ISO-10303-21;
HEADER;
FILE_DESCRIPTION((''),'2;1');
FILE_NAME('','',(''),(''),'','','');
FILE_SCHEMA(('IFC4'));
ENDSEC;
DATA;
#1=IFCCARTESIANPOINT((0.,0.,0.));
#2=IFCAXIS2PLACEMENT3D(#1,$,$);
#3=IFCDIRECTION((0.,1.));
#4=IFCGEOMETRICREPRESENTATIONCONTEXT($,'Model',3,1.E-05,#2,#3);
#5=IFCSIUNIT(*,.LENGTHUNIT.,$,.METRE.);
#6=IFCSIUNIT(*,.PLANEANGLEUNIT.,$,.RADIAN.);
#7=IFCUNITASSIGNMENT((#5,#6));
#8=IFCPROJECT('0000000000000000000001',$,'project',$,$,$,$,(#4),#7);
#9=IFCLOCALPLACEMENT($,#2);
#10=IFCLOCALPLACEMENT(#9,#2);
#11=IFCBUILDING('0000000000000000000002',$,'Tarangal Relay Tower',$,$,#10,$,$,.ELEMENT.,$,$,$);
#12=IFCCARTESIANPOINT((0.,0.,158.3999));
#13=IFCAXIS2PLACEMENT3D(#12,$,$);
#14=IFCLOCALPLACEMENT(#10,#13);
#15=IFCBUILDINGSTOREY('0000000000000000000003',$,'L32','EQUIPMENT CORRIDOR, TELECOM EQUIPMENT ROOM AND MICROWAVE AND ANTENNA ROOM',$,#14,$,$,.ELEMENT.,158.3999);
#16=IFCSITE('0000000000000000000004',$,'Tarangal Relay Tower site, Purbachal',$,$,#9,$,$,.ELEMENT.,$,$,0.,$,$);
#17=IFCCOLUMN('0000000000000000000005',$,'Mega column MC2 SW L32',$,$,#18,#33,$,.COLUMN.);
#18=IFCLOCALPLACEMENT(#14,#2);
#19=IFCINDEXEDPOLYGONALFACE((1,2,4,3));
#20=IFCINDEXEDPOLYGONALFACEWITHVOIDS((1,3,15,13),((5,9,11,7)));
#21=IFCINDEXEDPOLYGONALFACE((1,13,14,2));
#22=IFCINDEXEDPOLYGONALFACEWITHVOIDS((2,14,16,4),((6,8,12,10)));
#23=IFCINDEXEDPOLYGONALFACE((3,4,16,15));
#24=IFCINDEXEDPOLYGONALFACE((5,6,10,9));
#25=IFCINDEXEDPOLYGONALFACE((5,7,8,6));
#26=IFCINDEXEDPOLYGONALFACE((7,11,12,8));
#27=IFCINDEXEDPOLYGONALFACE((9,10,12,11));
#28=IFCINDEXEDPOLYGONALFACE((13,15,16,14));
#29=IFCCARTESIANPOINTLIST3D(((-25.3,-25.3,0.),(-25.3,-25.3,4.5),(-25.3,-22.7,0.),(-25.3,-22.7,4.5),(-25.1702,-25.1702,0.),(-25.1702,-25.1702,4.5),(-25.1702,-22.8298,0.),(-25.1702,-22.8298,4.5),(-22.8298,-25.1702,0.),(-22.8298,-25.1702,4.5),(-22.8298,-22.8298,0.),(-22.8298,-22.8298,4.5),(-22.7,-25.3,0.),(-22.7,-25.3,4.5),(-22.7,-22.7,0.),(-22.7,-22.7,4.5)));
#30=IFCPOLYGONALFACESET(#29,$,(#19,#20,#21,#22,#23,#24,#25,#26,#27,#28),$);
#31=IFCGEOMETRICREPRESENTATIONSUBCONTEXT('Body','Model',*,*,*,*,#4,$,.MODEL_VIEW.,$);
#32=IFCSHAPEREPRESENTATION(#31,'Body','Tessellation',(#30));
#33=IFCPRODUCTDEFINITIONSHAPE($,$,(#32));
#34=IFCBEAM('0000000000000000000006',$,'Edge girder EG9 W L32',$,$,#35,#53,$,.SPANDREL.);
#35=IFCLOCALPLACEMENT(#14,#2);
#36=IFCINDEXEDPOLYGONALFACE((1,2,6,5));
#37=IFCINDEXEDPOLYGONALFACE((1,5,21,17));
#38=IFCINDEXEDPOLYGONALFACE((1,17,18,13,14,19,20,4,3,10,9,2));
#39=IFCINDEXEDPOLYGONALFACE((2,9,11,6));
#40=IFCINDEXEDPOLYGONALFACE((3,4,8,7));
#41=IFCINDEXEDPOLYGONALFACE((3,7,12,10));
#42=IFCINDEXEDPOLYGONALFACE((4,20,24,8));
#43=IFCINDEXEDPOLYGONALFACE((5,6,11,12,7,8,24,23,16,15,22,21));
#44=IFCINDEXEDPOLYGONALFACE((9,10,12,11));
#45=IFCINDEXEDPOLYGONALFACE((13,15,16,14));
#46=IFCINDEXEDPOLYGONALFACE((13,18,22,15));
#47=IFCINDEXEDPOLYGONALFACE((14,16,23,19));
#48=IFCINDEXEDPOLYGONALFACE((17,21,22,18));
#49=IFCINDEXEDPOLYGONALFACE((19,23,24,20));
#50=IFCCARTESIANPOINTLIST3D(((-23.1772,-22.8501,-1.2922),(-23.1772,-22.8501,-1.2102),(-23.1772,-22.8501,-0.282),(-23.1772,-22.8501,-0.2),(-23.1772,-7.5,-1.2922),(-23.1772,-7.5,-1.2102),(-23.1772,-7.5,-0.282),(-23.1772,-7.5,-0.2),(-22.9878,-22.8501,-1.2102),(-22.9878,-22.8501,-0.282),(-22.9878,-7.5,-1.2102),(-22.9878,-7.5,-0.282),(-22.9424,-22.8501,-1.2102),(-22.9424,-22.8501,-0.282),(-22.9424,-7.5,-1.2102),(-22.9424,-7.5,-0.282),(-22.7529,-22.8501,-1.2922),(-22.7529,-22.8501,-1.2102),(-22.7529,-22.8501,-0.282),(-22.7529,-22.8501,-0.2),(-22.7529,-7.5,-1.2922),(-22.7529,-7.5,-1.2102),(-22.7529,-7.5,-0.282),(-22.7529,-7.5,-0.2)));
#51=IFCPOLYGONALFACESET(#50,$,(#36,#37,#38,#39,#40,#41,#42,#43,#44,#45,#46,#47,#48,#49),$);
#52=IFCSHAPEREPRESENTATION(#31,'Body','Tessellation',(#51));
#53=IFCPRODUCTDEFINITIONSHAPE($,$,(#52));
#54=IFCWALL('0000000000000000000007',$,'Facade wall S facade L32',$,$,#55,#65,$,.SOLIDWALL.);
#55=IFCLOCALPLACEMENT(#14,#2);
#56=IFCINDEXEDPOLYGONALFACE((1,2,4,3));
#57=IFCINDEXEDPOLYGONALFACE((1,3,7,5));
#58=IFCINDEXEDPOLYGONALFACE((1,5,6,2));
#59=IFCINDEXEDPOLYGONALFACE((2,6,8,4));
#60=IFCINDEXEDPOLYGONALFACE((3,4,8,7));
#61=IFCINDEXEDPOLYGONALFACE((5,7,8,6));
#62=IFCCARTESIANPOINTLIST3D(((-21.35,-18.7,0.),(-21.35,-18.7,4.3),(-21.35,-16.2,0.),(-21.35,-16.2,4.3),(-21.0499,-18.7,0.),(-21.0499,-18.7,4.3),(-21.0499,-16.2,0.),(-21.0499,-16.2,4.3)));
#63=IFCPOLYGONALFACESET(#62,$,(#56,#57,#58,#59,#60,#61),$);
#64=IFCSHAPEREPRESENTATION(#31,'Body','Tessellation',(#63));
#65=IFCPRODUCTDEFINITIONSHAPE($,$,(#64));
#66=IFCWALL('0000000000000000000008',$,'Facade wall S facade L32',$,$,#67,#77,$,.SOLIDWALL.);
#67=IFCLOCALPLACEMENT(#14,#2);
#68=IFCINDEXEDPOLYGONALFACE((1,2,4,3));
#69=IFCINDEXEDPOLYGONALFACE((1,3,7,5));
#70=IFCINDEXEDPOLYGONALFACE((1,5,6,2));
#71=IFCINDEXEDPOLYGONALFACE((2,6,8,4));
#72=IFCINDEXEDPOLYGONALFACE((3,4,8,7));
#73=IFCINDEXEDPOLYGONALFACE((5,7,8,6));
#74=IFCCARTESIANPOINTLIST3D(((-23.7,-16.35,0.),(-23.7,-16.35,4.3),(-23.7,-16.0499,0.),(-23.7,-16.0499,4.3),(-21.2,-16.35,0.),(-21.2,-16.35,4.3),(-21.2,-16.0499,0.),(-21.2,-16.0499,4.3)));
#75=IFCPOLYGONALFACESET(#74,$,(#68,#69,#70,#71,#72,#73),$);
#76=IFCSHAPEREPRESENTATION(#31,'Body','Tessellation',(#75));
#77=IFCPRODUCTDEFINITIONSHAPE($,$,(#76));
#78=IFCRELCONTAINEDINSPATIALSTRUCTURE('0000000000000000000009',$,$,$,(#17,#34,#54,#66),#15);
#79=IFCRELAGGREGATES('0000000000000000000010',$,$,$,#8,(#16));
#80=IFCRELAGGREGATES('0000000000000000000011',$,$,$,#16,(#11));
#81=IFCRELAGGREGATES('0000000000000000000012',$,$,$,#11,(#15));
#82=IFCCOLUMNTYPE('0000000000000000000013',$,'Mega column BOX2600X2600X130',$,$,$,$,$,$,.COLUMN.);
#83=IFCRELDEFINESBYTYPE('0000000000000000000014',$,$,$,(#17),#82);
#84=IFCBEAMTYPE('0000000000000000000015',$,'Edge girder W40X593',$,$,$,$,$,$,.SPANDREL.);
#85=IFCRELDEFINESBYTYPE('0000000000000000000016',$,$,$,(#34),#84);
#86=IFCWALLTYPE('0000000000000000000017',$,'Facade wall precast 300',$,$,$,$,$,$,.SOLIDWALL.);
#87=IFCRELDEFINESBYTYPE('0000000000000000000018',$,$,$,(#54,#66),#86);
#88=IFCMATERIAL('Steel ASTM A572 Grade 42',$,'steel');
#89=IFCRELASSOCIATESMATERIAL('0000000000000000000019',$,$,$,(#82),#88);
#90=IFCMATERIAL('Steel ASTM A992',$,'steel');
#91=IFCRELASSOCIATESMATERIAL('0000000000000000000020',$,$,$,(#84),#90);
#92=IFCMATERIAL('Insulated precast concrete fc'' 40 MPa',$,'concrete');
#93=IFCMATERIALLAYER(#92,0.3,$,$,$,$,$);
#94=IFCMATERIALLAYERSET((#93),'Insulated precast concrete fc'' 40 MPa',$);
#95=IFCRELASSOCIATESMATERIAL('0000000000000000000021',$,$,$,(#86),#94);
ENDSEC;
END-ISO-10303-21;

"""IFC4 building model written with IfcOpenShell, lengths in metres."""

from ifc_helpers import new_model, si_unit, direction, frame, frame_2d, origin, origin_2d, place, context, subcontext, project, spatial, rectangle, hollow_rectangle, i_section, extrude, material, layer, layer_set, material_profile, profile_set, type_object, element, save


model = new_model("IFC4")

# Units and contexts
model_context = context("Model", 3, precision=1e-05, world=origin(), true_north=direction((0.0, 1.0)))
body_context = subcontext(model_context, "Body", "Model", "MODEL_VIEW")
ifc_project = project(units=[si_unit("LENGTHUNIT", "METRE"), si_unit("PLANEANGLEUNIT", "RADIAN")], contexts=[model_context])

# Site, building, storey
site_placement = place(None, origin())
site = spatial("IfcSite", under=ifc_project, at=site_placement, Name="Tarangal Relay Tower site, Purbachal", CompositionType="ELEMENT", RefElevation=0.0)
building_placement = place(site_placement, origin())
building = spatial("IfcBuilding", under=site, at=building_placement, Name="Tarangal Relay Tower", CompositionType="ELEMENT")
storey_placement = place(building_placement, frame((0.0, 0.0, 158.3999)))
storey = spatial("IfcBuildingStorey", under=building, at=storey_placement, Name="L32", Description="EQUIPMENT CORRIDOR, TELECOM EQUIPMENT ROOM AND MICROWAVE AND ANTENNA ROOM", CompositionType="ELEMENT", Elevation=158.3999)

# Column
ifc_material_1 = material(Name="Steel ASTM A572 Grade 42", Category="steel")
ifc_material_profile_1 = material_profile(ifc_material_1, hollow_rectangle(XDim=2.6001, YDim=2.6001, WallThickness=0.1299, at=origin_2d()), Name="BOX2600X2600X130")
ifc_profile_set_1 = profile_set([ifc_material_profile_1], Name="Steel ASTM A572 Grade 42")
column_type = type_object("IfcColumnType", Name="Mega column BOX2600X2600X130", PredefinedType="COLUMN", material=ifc_profile_set_1)
column_placement = place(storey_placement, frame((-24.0, -24.0, 0.0), z_axis=(0.0, 0.0, 1.0), x_axis=(1.0, 0.0, 0.0)))
element("IfcColumn", 1, at=column_placement, inside=storey, type_object=column_type, Name="Mega column MC2 SW L32", PredefinedType="COLUMN", context=body_context, shape_type="SweptSolid", body=[
    extrude(hollow_rectangle(XDim=2.6001, YDim=2.6001, WallThickness=0.1299, at=origin_2d()), origin(), (0.0, 0.0, 1.0), 4.5),
])

# Beam
ifc_material_2 = material(Name="Steel ASTM A992", Category="steel")
ifc_material_profile_2 = material_profile(ifc_material_2, i_section(OverallWidth=0.4243, OverallDepth=1.0923, WebThickness=0.0454, FlangeThickness=0.082, at=origin_2d()), Name="W40X593")
ifc_profile_set_2 = profile_set([ifc_material_profile_2], Name="Steel ASTM A992")
beam_type = type_object("IfcBeamType", Name="Edge girder W40X593", PredefinedType="SPANDREL", material=ifc_profile_set_2)
beam_placement = place(storey_placement, frame((-22.9651, -22.8501, -0.7461), z_axis=(0.0, 1.0, 0.0), x_axis=(-1.0, 0.0, 0.0)))
element("IfcBeam", 2, at=beam_placement, inside=storey, type_object=beam_type, Name="Edge girder EG9 W L32", PredefinedType="SPANDREL", context=body_context, shape_type="SweptSolid", body=[
    extrude(i_section(OverallWidth=0.4243, OverallDepth=1.0923, WebThickness=0.0454, FlangeThickness=0.082, at=origin_2d()), origin(), (0.0, 0.0, 1.0), 15.3501),
])

# Walls
ifc_material_3 = material(Name="Insulated precast concrete fc' 40 MPa", Category="concrete")
ifc_layer = layer(ifc_material_3, 0.3)
ifc_layer_set = layer_set([ifc_layer], Name="Insulated precast concrete fc' 40 MPa")
wall_type = type_object("IfcWallType", Name="Facade wall precast 300", PredefinedType="SOLIDWALL", material=ifc_layer_set)
for number, where, z_axis, x_axis, name in (
    (3, (-21.2, -18.7, 0.0), (0.0, 0.0, 1.0), (0.0, 1.0, 0.0), "Facade wall S facade L32"),
    (4, (-21.2, -16.2, 0.0), (0.0, 0.0, 1.0), (-1.0, 0.0, 0.0), "Facade wall S facade L32"),
):
    element("IfcWall", number, at=place(storey_placement, frame(where, z_axis=z_axis, x_axis=x_axis)), inside=storey, type_object=wall_type, Name=name, PredefinedType="SOLIDWALL", context=body_context, shape_type="SweptSolid", body=[
        extrude(rectangle(XDim=2.5, YDim=0.3, at=frame_2d((1.25, 0.0))), origin(), (0.0, 0.0, 1.0), 4.3),
    ])

save(model, "model.ifc")
